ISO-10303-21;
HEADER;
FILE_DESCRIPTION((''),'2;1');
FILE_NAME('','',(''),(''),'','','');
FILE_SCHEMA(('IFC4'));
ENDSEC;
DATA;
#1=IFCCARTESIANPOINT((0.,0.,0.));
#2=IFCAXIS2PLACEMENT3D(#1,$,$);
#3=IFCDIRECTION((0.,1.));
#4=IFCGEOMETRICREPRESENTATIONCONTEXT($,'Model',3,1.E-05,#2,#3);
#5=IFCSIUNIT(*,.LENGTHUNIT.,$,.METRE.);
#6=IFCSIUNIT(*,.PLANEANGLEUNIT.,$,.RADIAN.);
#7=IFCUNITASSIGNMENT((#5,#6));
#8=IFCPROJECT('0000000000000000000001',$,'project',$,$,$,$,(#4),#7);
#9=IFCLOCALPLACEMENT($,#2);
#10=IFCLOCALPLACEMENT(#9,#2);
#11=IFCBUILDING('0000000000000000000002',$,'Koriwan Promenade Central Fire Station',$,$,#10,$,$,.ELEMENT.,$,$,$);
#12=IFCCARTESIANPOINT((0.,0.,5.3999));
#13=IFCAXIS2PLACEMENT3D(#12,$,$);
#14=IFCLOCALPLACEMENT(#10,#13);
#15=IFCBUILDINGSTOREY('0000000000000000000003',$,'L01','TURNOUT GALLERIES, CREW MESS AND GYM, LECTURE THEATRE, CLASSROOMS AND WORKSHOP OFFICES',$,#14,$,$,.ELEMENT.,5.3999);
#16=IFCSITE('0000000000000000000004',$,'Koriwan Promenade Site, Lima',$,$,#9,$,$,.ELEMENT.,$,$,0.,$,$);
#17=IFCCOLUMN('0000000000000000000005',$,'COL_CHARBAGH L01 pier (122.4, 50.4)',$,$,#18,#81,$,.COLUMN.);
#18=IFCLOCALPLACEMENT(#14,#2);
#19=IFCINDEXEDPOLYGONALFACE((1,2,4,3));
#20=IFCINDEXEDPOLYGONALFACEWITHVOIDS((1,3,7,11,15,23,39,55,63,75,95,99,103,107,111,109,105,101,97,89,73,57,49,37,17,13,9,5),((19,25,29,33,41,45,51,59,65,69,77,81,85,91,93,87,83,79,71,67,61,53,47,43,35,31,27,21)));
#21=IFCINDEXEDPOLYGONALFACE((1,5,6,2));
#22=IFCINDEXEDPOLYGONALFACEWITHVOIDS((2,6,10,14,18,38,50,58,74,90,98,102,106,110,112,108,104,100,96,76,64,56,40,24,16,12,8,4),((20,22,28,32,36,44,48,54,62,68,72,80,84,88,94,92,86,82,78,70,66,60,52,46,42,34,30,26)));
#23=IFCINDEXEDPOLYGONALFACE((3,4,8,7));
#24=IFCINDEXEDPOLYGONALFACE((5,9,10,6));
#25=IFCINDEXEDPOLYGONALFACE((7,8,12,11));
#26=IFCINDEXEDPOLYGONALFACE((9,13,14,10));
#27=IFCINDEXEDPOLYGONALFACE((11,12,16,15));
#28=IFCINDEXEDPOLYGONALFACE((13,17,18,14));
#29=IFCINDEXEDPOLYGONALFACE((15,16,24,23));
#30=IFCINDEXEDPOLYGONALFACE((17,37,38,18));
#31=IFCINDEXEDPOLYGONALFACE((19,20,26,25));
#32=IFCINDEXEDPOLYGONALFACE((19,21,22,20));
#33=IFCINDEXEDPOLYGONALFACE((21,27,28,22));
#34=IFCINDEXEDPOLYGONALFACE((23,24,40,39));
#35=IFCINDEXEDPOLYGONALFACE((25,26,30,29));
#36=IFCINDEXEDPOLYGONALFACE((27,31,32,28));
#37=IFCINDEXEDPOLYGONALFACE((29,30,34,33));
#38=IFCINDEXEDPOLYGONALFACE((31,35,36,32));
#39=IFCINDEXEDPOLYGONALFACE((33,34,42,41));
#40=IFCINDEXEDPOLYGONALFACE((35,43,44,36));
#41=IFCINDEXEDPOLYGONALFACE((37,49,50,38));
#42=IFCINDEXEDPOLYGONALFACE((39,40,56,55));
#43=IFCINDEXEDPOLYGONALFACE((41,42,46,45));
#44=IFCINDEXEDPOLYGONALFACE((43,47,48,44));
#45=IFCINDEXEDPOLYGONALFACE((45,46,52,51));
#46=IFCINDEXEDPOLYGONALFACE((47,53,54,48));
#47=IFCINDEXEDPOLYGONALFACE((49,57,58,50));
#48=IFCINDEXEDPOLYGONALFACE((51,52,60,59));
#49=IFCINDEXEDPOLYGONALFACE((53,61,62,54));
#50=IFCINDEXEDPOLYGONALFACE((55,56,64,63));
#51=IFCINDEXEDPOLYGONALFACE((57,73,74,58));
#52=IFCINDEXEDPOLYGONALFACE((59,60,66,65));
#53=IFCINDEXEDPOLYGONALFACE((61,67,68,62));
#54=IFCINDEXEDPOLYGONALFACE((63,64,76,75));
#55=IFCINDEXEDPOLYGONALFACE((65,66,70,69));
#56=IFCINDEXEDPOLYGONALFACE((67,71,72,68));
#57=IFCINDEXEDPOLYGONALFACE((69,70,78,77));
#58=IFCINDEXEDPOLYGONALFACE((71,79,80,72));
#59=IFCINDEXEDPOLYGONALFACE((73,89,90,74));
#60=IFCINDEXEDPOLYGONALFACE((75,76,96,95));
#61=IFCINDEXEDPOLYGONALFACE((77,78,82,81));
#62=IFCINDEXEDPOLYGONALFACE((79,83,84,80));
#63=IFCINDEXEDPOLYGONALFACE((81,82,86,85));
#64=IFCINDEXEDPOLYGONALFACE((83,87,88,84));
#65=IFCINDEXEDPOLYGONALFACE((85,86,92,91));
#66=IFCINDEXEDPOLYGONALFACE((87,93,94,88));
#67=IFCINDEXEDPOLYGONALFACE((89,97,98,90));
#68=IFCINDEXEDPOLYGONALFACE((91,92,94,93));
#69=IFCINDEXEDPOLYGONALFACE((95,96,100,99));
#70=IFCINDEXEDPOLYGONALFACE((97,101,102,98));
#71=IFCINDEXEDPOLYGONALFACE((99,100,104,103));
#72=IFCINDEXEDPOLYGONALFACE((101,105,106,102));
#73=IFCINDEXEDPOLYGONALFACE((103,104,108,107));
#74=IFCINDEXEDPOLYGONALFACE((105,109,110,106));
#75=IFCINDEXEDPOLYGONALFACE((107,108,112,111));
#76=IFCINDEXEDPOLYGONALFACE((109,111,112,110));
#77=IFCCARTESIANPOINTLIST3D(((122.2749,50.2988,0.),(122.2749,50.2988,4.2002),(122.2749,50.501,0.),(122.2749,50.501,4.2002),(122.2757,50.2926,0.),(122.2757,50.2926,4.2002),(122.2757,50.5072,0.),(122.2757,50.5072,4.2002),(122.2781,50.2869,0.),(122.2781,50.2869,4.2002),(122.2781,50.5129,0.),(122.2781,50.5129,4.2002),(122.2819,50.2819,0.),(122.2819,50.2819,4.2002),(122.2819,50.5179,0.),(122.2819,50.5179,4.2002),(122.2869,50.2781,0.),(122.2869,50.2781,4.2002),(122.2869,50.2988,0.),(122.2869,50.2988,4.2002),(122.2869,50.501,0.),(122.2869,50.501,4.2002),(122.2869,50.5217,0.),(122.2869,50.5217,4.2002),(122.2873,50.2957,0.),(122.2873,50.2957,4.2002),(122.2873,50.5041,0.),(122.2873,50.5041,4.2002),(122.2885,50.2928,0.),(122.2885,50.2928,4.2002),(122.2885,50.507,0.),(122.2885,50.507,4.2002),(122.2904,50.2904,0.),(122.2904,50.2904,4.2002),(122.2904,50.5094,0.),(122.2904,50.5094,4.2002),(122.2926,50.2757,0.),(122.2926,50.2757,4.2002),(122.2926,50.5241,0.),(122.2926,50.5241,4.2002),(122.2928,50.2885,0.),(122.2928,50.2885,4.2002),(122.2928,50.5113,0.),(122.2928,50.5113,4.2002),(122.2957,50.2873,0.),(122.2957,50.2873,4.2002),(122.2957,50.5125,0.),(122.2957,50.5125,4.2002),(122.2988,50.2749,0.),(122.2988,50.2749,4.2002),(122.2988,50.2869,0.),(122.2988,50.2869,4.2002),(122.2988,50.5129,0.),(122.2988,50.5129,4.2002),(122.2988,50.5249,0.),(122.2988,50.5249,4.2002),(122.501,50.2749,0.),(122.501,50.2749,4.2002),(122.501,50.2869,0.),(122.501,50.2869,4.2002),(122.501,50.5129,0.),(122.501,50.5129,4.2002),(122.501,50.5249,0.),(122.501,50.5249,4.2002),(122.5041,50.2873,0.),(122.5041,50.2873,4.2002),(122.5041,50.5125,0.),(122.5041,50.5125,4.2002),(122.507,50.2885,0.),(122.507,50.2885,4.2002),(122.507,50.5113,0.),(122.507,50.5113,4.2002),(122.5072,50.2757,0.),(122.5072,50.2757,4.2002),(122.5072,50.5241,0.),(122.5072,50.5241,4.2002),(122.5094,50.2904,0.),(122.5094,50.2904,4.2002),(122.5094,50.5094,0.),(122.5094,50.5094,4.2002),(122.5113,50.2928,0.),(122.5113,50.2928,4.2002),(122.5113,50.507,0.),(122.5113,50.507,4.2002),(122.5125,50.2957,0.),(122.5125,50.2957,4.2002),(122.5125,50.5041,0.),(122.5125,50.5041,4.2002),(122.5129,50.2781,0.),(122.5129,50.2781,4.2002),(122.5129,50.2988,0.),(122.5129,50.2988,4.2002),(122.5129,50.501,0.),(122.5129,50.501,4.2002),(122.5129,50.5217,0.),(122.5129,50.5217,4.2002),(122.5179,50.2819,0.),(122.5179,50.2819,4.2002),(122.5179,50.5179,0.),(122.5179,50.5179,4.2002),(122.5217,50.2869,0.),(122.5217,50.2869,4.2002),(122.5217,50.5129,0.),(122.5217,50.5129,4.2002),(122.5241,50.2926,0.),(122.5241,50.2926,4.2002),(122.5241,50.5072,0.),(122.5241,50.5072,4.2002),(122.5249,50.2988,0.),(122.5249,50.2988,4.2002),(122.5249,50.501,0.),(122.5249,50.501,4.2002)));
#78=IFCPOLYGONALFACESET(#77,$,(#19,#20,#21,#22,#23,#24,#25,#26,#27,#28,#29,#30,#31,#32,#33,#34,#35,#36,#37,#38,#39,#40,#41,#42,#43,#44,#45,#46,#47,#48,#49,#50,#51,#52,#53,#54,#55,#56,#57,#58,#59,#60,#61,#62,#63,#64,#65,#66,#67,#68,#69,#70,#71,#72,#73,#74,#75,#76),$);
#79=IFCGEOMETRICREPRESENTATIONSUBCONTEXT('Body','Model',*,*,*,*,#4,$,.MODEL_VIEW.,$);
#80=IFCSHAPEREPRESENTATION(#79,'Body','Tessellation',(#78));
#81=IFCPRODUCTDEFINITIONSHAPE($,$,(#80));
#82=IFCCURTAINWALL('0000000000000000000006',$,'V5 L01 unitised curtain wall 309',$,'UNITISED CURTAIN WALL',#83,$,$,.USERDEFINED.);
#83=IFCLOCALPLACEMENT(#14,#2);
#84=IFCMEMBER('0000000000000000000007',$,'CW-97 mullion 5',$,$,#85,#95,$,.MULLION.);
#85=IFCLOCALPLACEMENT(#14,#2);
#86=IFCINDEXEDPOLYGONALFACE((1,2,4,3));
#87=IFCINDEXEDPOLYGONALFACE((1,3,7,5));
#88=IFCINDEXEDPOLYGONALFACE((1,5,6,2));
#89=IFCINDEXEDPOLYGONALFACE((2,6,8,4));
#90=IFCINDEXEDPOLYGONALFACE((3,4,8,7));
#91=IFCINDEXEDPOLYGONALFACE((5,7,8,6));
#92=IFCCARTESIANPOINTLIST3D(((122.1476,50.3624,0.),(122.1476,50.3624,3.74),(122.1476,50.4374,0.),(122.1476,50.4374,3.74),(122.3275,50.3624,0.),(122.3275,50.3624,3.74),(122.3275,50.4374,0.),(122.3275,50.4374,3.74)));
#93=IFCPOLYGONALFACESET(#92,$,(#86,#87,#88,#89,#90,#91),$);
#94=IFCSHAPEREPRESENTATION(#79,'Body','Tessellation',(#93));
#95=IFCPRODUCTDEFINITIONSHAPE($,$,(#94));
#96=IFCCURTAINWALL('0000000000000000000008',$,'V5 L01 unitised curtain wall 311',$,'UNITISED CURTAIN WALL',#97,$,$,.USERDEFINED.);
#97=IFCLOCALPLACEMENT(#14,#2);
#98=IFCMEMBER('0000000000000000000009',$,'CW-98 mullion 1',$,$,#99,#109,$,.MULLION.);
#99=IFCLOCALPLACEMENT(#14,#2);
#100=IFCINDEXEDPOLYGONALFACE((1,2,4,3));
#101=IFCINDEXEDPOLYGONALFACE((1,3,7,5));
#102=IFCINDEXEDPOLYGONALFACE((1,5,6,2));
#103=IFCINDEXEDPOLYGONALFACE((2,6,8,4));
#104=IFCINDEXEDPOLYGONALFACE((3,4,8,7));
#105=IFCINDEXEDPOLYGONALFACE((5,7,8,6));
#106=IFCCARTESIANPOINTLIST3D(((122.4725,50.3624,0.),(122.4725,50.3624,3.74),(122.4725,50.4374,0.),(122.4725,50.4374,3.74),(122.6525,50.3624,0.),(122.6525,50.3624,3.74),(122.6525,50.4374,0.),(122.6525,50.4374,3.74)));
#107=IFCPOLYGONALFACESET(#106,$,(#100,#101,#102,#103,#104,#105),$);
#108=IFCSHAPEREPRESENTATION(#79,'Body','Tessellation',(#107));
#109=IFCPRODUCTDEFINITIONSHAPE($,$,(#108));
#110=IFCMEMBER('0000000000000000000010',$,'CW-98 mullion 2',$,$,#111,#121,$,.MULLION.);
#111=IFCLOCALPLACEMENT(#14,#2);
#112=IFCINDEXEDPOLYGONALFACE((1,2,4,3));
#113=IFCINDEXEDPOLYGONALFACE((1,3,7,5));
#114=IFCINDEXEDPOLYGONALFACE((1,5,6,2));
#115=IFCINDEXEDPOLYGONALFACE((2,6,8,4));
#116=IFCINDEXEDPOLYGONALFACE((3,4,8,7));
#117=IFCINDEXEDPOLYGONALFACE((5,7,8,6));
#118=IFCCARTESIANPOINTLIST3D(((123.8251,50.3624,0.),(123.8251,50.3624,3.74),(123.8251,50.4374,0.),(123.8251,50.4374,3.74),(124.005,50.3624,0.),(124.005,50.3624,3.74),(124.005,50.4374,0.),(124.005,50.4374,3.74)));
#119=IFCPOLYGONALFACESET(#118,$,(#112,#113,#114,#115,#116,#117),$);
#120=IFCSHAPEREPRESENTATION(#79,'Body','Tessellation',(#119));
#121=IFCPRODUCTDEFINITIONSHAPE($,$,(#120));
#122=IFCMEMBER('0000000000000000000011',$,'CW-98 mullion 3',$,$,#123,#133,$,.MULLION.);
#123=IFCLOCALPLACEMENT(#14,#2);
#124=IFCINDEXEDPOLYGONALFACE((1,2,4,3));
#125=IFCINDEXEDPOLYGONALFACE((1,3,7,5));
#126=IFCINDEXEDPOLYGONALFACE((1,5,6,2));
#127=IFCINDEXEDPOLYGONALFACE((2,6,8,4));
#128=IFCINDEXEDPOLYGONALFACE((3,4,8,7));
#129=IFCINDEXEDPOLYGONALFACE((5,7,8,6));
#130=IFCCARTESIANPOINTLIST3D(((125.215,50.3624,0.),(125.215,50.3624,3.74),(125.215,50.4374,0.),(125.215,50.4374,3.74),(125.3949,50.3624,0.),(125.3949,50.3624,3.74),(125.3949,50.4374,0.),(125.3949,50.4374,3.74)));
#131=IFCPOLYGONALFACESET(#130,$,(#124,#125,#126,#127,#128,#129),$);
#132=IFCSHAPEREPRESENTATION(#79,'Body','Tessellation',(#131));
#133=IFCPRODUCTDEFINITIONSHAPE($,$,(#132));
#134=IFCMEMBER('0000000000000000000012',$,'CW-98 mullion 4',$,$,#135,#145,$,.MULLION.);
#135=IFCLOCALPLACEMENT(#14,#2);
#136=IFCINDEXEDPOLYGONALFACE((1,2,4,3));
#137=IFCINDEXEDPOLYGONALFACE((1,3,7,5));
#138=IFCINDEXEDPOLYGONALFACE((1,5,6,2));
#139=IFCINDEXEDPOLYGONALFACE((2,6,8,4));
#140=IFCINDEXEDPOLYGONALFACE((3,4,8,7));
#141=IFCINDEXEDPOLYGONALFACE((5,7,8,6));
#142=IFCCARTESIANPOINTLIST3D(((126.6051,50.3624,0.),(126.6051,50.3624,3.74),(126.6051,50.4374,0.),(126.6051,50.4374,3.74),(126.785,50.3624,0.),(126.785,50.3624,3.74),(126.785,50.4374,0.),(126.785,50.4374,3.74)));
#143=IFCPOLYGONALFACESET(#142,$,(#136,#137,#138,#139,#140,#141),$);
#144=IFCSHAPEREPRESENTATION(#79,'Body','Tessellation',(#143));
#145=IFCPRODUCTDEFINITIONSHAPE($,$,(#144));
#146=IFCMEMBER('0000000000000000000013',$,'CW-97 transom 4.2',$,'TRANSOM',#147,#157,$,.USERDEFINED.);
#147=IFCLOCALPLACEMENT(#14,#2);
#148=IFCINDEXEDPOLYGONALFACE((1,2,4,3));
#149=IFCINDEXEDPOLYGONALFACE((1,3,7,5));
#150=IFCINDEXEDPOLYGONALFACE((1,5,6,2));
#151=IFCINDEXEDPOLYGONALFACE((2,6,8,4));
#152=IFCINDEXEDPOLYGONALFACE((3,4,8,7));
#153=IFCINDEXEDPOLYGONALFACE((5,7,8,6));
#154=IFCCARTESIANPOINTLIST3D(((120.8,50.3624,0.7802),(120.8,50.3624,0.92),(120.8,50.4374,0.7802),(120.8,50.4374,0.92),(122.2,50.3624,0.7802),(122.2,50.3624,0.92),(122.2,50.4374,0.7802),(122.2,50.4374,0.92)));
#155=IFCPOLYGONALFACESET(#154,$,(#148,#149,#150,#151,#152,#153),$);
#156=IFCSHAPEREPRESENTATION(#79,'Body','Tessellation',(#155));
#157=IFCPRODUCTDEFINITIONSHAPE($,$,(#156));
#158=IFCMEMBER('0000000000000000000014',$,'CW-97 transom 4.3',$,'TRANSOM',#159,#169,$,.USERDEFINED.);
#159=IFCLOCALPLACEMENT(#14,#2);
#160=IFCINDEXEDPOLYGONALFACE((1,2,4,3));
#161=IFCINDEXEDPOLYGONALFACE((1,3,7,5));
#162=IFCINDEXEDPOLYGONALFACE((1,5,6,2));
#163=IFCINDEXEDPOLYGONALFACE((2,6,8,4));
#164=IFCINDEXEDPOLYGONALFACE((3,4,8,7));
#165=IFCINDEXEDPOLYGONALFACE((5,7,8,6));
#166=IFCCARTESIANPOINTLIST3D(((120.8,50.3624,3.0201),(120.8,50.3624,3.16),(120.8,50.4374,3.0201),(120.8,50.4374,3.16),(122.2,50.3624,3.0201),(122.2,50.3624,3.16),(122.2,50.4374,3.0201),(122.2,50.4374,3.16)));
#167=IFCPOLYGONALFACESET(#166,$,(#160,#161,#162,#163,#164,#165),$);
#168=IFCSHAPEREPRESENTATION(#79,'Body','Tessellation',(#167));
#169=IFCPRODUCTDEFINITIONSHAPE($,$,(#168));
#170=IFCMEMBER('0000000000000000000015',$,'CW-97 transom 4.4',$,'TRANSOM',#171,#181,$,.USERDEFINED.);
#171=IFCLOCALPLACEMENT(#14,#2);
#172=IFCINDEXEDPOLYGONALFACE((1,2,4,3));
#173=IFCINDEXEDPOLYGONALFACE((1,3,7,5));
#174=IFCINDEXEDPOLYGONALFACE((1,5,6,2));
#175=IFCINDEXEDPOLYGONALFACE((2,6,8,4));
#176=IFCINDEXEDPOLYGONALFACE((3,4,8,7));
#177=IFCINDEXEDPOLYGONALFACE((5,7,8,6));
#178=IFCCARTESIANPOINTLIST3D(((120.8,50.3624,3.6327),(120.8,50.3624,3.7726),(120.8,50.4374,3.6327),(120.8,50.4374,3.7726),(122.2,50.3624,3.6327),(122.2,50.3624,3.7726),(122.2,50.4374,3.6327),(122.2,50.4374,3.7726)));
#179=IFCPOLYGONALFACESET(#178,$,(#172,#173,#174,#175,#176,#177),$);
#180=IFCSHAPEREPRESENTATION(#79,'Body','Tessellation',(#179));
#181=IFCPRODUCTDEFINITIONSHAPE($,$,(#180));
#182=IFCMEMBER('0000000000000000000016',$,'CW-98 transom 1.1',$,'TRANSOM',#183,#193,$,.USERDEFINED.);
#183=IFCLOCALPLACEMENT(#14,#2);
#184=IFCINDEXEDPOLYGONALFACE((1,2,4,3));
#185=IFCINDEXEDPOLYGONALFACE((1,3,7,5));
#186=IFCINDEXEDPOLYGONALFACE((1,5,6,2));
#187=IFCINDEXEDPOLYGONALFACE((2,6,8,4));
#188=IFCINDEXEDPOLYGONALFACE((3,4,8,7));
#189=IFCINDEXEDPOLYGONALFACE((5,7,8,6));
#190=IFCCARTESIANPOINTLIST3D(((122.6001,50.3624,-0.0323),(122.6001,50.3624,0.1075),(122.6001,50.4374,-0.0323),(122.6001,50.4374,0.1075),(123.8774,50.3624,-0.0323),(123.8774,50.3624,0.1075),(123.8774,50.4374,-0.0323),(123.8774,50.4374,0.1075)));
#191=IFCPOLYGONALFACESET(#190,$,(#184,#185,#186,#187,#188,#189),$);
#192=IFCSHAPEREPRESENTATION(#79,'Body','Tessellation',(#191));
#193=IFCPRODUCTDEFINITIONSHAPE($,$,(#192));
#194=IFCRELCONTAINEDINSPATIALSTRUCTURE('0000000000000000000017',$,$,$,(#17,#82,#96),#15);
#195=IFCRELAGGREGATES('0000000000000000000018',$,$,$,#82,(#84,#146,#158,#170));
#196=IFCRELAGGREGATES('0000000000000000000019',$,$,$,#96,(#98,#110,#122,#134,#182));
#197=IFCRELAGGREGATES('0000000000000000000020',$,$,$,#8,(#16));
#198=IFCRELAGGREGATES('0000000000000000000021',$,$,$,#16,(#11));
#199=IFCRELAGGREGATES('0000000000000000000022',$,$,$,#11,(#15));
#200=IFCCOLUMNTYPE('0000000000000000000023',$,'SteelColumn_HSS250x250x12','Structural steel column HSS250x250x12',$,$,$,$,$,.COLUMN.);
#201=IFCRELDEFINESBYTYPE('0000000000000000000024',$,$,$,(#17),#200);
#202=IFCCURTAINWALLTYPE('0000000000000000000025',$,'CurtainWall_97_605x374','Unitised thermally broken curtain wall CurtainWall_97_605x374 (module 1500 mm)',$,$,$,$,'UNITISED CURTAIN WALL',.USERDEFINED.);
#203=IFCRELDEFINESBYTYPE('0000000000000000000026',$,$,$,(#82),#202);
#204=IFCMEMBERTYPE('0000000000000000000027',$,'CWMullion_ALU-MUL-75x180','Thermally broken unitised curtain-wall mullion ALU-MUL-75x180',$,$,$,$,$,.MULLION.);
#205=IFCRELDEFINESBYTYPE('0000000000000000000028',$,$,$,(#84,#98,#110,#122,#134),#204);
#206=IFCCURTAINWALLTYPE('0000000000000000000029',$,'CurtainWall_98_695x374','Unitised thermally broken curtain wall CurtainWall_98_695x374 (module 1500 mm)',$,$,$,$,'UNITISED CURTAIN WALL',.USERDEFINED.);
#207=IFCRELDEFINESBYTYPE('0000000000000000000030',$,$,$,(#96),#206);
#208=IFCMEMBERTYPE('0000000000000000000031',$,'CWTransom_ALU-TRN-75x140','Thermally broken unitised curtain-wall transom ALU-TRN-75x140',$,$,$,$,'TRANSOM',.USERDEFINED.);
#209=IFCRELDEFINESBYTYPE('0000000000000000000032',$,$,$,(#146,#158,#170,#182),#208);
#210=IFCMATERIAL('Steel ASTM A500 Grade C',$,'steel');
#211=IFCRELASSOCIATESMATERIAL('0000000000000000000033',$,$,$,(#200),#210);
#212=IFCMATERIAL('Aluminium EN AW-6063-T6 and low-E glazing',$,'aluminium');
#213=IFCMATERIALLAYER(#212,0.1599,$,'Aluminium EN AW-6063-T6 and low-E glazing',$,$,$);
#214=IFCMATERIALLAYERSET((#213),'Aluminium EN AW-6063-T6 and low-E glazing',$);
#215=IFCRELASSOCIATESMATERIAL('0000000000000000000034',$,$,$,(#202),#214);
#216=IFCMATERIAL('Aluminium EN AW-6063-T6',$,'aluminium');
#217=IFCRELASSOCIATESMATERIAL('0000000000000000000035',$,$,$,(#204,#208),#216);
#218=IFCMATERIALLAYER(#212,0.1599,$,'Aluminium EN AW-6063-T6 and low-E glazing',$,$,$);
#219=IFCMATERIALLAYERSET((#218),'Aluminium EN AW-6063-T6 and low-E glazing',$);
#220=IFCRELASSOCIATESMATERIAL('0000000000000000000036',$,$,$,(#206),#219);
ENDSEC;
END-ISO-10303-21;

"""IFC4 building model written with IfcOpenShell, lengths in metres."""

from ifc_helpers import new_model, si_unit, direction, frame, origin, origin_2d, place, context, subcontext, project, spatial, rectangle, hollow_rectangle, extrude, material, layer, layer_set, material_profile, profile_set, type_object, element, aggregate, save


model = new_model("IFC4")

# Units and contexts
model_context = context("Model", 3, precision=1e-05, world=origin(), true_north=direction((0.0, 1.0)))
body_context = subcontext(model_context, "Body", "Model", "MODEL_VIEW")
ifc_project = project(units=[si_unit("LENGTHUNIT", "METRE"), si_unit("PLANEANGLEUNIT", "RADIAN")], contexts=[model_context])

# Site, building, storey
site_placement = place(None, origin())
site = spatial("IfcSite", under=ifc_project, at=site_placement, Name="Koriwan Promenade Site, Lima", CompositionType="ELEMENT", RefElevation=0.0)
building_placement = place(site_placement, origin())
building = spatial("IfcBuilding", under=site, at=building_placement, Name="Koriwan Promenade Central Fire Station", CompositionType="ELEMENT")
storey_placement = place(building_placement, frame((0.0, 0.0, 5.3999)))
storey = spatial("IfcBuildingStorey", under=building, at=storey_placement, Name="L01", Description="TURNOUT GALLERIES, CREW MESS AND GYM, LECTURE THEATRE, CLASSROOMS AND WORKSHOP OFFICES", CompositionType="ELEMENT", Elevation=5.3999)

# Column
ifc_material_1 = material(Name="Steel ASTM A500 Grade C", Category="steel")
ifc_material_profile_1 = material_profile(ifc_material_1, hollow_rectangle(XDim=0.25, YDim=0.25, WallThickness=0.012, InnerFilletRadius=0.012, OuterFilletRadius=0.0239, at=origin_2d()), Name="HSS250x250x12")
ifc_profile_set_1 = profile_set([ifc_material_profile_1], Name="Steel ASTM A500 Grade C")
column_type = type_object("IfcColumnType", Name="SteelColumn_HSS250x250x12", Description="Structural steel column HSS250x250x12", PredefinedType="COLUMN", material=ifc_profile_set_1)
column_placement = place(storey_placement, frame((122.3999, 50.3999, 0.0), z_axis=(0.0, 0.0, 1.0), x_axis=(1.0, 0.0, 0.0)))
element("IfcColumn", 1, at=column_placement, inside=storey, type_object=column_type, Name="COL_CHARBAGH L01 pier (122.4, 50.4)", PredefinedType="COLUMN", context=body_context, shape_type="SweptSolid", body=[
    extrude(hollow_rectangle(XDim=0.25, YDim=0.25, WallThickness=0.012, InnerFilletRadius=0.012, OuterFilletRadius=0.0239, at=origin_2d()), origin(), (0.0, 0.0, 1.0), 4.2002),
])

# Curtain wall, member
ifc_material_2 = material(Name="Aluminium EN AW-6063-T6 and low-E glazing", Category="aluminium")
ifc_layer_1 = layer(ifc_material_2, 0.1599, Name="Aluminium EN AW-6063-T6 and low-E glazing")
ifc_layer_set_1 = layer_set([ifc_layer_1], Name="Aluminium EN AW-6063-T6 and low-E glazing")
curtain_wall_type_1 = type_object("IfcCurtainWallType", Name="CurtainWall_97_605x374", Description="Unitised thermally broken curtain wall CurtainWall_97_605x374 (module 1500 mm)", ElementType="UNITISED CURTAIN WALL", PredefinedType="USERDEFINED", material=ifc_layer_set_1)
curtain_wall_1_placement = place(storey_placement, origin())
curtain_wall_1 = element("IfcCurtainWall", 2, at=curtain_wall_1_placement, inside=storey, type_object=curtain_wall_type_1, Name="V5 L01 unitised curtain wall 309", ObjectType="UNITISED CURTAIN WALL", PredefinedType="USERDEFINED")
ifc_material_3 = material(Name="Aluminium EN AW-6063-T6", Category="aluminium")
ifc_material_profile_2 = material_profile(ifc_material_3, rectangle(XDim=0.075, YDim=0.1799, at=origin_2d()), Name="ALU-MUL-75x180")
ifc_profile_set_2 = profile_set([ifc_material_profile_2], Name="Aluminium EN AW-6063-T6")
member_type_1 = type_object("IfcMemberType", Name="CWMullion_ALU-MUL-75x180", Description="Thermally broken unitised curtain-wall mullion ALU-MUL-75x180", PredefinedType="MULLION", material=ifc_profile_set_2)
member_1_placement = place(storey_placement, frame((122.2375, 50.3999, 0.0), z_axis=(0.0, 0.0, 1.0), x_axis=(0.0, 1.0, 0.0)))
member_1 = element("IfcMember", 3, at=member_1_placement, type_object=member_type_1, Name="CW-97 mullion 5", PredefinedType="MULLION", context=body_context, shape_type="SweptSolid", body=[
    extrude(rectangle(XDim=0.075, YDim=0.1799, at=origin_2d()), origin(), (0.0, 0.0, 1.0), 3.74),
])

# Curtain wall, members
ifc_layer_2 = layer(ifc_material_2, 0.1599, Name="Aluminium EN AW-6063-T6 and low-E glazing")
ifc_layer_set_2 = layer_set([ifc_layer_2], Name="Aluminium EN AW-6063-T6 and low-E glazing")
curtain_wall_type_2 = type_object("IfcCurtainWallType", Name="CurtainWall_98_695x374", Description="Unitised thermally broken curtain wall CurtainWall_98_695x374 (module 1500 mm)", ElementType="UNITISED CURTAIN WALL", PredefinedType="USERDEFINED", material=ifc_layer_set_2)
curtain_wall_2_placement = place(storey_placement, origin())
curtain_wall_2 = element("IfcCurtainWall", 4, at=curtain_wall_2_placement, inside=storey, type_object=curtain_wall_type_2, Name="V5 L01 unitised curtain wall 311", ObjectType="UNITISED CURTAIN WALL", PredefinedType="USERDEFINED")
member_2_placement = place(storey_placement, frame((122.5625, 50.3999, 0.0), z_axis=(0.0, 0.0, 1.0), x_axis=(0.0, 1.0, 0.0)))
member_2 = element("IfcMember", 5, at=member_2_placement, type_object=member_type_1, Name="CW-98 mullion 1", PredefinedType="MULLION", context=body_context, shape_type="SweptSolid", body=[
    extrude(rectangle(XDim=0.075, YDim=0.1799, at=origin_2d()), origin(), (0.0, 0.0, 1.0), 3.74),
])
member_3_placement = place(storey_placement, frame((123.915, 50.3999, 0.0), z_axis=(0.0, 0.0, 1.0), x_axis=(0.0, 1.0, 0.0)))
member_3 = element("IfcMember", 6, at=member_3_placement, type_object=member_type_1, Name="CW-98 mullion 2", PredefinedType="MULLION", context=body_context, shape_type="SweptSolid", body=[
    extrude(rectangle(XDim=0.075, YDim=0.1799, at=origin_2d()), origin(), (0.0, 0.0, 1.0), 3.74),
])
member_4_placement = place(storey_placement, frame((125.3049, 50.3999, 0.0), z_axis=(0.0, 0.0, 1.0), x_axis=(0.0, 1.0, 0.0)))
member_4 = element("IfcMember", 7, at=member_4_placement, type_object=member_type_1, Name="CW-98 mullion 3", PredefinedType="MULLION", context=body_context, shape_type="SweptSolid", body=[
    extrude(rectangle(XDim=0.075, YDim=0.1799, at=origin_2d()), origin(), (0.0, 0.0, 1.0), 3.74),
])
member_5_placement = place(storey_placement, frame((126.6951, 50.3999, 0.0), z_axis=(0.0, 0.0, 1.0), x_axis=(0.0, 1.0, 0.0)))
member_5 = element("IfcMember", 8, at=member_5_placement, type_object=member_type_1, Name="CW-98 mullion 4", PredefinedType="MULLION", context=body_context, shape_type="SweptSolid", body=[
    extrude(rectangle(XDim=0.075, YDim=0.1799, at=origin_2d()), origin(), (0.0, 0.0, 1.0), 3.74),
])

# Members
ifc_material_profile_3 = material_profile(ifc_material_3, rectangle(XDim=0.075, YDim=0.1399, at=origin_2d()), Name="ALU-TRN-75x140")
ifc_profile_set_3 = profile_set([ifc_material_profile_3], Name="Aluminium EN AW-6063-T6")
member_type_2 = type_object("IfcMemberType", Name="CWTransom_ALU-TRN-75x140", Description="Thermally broken unitised curtain-wall transom ALU-TRN-75x140", ElementType="TRANSOM", PredefinedType="USERDEFINED", material=ifc_profile_set_3)
member_6_placement = place(storey_placement, frame((120.8, 50.3999, 0.8501), z_axis=(1.0, 0.0, 0.0), x_axis=(0.0, 1.0, 0.0)))
member_6 = element("IfcMember", 9, at=member_6_placement, type_object=member_type_2, Name="CW-97 transom 4.2", ObjectType="TRANSOM", PredefinedType="USERDEFINED", context=body_context, shape_type="SweptSolid", body=[
    extrude(rectangle(XDim=0.075, YDim=0.1399, at=origin_2d()), origin(), (0.0, 0.0, 1.0), 1.3999),
])
member_7_placement = place(storey_placement, frame((120.8, 50.3999, 3.0901), z_axis=(1.0, 0.0, 0.0), x_axis=(0.0, 1.0, 0.0)))
member_7 = element("IfcMember", 10, at=member_7_placement, type_object=member_type_2, Name="CW-97 transom 4.3", ObjectType="TRANSOM", PredefinedType="USERDEFINED", context=body_context, shape_type="SweptSolid", body=[
    extrude(rectangle(XDim=0.075, YDim=0.1399, at=origin_2d()), origin(), (0.0, 0.0, 1.0), 1.3999),
])
member_8_placement = place(storey_placement, frame((120.8, 50.3999, 3.7026), z_axis=(1.0, 0.0, 0.0), x_axis=(0.0, 1.0, 0.0)))
member_8 = element("IfcMember", 11, at=member_8_placement, type_object=member_type_2, Name="CW-97 transom 4.4", ObjectType="TRANSOM", PredefinedType="USERDEFINED", context=body_context, shape_type="SweptSolid", body=[
    extrude(rectangle(XDim=0.075, YDim=0.1399, at=origin_2d()), origin(), (0.0, 0.0, 1.0), 1.3999),
])
member_9_placement = place(storey_placement, frame((122.6001, 50.3999, 0.0376), z_axis=(1.0, 0.0, 0.0), x_axis=(0.0, 1.0, 0.0)))
member_9 = element("IfcMember", 12, at=member_9_placement, type_object=member_type_2, Name="CW-98 transom 1.1", ObjectType="TRANSOM", PredefinedType="USERDEFINED", context=body_context, shape_type="SweptSolid", body=[
    extrude(rectangle(XDim=0.075, YDim=0.1399, at=origin_2d()), origin(), (0.0, 0.0, 1.0), 1.2773),
])

aggregate(curtain_wall_1, [member_1, member_6, member_7, member_8])
aggregate(curtain_wall_2, [member_2, member_3, member_4, member_5, member_9])

save(model, "model.ifc")
